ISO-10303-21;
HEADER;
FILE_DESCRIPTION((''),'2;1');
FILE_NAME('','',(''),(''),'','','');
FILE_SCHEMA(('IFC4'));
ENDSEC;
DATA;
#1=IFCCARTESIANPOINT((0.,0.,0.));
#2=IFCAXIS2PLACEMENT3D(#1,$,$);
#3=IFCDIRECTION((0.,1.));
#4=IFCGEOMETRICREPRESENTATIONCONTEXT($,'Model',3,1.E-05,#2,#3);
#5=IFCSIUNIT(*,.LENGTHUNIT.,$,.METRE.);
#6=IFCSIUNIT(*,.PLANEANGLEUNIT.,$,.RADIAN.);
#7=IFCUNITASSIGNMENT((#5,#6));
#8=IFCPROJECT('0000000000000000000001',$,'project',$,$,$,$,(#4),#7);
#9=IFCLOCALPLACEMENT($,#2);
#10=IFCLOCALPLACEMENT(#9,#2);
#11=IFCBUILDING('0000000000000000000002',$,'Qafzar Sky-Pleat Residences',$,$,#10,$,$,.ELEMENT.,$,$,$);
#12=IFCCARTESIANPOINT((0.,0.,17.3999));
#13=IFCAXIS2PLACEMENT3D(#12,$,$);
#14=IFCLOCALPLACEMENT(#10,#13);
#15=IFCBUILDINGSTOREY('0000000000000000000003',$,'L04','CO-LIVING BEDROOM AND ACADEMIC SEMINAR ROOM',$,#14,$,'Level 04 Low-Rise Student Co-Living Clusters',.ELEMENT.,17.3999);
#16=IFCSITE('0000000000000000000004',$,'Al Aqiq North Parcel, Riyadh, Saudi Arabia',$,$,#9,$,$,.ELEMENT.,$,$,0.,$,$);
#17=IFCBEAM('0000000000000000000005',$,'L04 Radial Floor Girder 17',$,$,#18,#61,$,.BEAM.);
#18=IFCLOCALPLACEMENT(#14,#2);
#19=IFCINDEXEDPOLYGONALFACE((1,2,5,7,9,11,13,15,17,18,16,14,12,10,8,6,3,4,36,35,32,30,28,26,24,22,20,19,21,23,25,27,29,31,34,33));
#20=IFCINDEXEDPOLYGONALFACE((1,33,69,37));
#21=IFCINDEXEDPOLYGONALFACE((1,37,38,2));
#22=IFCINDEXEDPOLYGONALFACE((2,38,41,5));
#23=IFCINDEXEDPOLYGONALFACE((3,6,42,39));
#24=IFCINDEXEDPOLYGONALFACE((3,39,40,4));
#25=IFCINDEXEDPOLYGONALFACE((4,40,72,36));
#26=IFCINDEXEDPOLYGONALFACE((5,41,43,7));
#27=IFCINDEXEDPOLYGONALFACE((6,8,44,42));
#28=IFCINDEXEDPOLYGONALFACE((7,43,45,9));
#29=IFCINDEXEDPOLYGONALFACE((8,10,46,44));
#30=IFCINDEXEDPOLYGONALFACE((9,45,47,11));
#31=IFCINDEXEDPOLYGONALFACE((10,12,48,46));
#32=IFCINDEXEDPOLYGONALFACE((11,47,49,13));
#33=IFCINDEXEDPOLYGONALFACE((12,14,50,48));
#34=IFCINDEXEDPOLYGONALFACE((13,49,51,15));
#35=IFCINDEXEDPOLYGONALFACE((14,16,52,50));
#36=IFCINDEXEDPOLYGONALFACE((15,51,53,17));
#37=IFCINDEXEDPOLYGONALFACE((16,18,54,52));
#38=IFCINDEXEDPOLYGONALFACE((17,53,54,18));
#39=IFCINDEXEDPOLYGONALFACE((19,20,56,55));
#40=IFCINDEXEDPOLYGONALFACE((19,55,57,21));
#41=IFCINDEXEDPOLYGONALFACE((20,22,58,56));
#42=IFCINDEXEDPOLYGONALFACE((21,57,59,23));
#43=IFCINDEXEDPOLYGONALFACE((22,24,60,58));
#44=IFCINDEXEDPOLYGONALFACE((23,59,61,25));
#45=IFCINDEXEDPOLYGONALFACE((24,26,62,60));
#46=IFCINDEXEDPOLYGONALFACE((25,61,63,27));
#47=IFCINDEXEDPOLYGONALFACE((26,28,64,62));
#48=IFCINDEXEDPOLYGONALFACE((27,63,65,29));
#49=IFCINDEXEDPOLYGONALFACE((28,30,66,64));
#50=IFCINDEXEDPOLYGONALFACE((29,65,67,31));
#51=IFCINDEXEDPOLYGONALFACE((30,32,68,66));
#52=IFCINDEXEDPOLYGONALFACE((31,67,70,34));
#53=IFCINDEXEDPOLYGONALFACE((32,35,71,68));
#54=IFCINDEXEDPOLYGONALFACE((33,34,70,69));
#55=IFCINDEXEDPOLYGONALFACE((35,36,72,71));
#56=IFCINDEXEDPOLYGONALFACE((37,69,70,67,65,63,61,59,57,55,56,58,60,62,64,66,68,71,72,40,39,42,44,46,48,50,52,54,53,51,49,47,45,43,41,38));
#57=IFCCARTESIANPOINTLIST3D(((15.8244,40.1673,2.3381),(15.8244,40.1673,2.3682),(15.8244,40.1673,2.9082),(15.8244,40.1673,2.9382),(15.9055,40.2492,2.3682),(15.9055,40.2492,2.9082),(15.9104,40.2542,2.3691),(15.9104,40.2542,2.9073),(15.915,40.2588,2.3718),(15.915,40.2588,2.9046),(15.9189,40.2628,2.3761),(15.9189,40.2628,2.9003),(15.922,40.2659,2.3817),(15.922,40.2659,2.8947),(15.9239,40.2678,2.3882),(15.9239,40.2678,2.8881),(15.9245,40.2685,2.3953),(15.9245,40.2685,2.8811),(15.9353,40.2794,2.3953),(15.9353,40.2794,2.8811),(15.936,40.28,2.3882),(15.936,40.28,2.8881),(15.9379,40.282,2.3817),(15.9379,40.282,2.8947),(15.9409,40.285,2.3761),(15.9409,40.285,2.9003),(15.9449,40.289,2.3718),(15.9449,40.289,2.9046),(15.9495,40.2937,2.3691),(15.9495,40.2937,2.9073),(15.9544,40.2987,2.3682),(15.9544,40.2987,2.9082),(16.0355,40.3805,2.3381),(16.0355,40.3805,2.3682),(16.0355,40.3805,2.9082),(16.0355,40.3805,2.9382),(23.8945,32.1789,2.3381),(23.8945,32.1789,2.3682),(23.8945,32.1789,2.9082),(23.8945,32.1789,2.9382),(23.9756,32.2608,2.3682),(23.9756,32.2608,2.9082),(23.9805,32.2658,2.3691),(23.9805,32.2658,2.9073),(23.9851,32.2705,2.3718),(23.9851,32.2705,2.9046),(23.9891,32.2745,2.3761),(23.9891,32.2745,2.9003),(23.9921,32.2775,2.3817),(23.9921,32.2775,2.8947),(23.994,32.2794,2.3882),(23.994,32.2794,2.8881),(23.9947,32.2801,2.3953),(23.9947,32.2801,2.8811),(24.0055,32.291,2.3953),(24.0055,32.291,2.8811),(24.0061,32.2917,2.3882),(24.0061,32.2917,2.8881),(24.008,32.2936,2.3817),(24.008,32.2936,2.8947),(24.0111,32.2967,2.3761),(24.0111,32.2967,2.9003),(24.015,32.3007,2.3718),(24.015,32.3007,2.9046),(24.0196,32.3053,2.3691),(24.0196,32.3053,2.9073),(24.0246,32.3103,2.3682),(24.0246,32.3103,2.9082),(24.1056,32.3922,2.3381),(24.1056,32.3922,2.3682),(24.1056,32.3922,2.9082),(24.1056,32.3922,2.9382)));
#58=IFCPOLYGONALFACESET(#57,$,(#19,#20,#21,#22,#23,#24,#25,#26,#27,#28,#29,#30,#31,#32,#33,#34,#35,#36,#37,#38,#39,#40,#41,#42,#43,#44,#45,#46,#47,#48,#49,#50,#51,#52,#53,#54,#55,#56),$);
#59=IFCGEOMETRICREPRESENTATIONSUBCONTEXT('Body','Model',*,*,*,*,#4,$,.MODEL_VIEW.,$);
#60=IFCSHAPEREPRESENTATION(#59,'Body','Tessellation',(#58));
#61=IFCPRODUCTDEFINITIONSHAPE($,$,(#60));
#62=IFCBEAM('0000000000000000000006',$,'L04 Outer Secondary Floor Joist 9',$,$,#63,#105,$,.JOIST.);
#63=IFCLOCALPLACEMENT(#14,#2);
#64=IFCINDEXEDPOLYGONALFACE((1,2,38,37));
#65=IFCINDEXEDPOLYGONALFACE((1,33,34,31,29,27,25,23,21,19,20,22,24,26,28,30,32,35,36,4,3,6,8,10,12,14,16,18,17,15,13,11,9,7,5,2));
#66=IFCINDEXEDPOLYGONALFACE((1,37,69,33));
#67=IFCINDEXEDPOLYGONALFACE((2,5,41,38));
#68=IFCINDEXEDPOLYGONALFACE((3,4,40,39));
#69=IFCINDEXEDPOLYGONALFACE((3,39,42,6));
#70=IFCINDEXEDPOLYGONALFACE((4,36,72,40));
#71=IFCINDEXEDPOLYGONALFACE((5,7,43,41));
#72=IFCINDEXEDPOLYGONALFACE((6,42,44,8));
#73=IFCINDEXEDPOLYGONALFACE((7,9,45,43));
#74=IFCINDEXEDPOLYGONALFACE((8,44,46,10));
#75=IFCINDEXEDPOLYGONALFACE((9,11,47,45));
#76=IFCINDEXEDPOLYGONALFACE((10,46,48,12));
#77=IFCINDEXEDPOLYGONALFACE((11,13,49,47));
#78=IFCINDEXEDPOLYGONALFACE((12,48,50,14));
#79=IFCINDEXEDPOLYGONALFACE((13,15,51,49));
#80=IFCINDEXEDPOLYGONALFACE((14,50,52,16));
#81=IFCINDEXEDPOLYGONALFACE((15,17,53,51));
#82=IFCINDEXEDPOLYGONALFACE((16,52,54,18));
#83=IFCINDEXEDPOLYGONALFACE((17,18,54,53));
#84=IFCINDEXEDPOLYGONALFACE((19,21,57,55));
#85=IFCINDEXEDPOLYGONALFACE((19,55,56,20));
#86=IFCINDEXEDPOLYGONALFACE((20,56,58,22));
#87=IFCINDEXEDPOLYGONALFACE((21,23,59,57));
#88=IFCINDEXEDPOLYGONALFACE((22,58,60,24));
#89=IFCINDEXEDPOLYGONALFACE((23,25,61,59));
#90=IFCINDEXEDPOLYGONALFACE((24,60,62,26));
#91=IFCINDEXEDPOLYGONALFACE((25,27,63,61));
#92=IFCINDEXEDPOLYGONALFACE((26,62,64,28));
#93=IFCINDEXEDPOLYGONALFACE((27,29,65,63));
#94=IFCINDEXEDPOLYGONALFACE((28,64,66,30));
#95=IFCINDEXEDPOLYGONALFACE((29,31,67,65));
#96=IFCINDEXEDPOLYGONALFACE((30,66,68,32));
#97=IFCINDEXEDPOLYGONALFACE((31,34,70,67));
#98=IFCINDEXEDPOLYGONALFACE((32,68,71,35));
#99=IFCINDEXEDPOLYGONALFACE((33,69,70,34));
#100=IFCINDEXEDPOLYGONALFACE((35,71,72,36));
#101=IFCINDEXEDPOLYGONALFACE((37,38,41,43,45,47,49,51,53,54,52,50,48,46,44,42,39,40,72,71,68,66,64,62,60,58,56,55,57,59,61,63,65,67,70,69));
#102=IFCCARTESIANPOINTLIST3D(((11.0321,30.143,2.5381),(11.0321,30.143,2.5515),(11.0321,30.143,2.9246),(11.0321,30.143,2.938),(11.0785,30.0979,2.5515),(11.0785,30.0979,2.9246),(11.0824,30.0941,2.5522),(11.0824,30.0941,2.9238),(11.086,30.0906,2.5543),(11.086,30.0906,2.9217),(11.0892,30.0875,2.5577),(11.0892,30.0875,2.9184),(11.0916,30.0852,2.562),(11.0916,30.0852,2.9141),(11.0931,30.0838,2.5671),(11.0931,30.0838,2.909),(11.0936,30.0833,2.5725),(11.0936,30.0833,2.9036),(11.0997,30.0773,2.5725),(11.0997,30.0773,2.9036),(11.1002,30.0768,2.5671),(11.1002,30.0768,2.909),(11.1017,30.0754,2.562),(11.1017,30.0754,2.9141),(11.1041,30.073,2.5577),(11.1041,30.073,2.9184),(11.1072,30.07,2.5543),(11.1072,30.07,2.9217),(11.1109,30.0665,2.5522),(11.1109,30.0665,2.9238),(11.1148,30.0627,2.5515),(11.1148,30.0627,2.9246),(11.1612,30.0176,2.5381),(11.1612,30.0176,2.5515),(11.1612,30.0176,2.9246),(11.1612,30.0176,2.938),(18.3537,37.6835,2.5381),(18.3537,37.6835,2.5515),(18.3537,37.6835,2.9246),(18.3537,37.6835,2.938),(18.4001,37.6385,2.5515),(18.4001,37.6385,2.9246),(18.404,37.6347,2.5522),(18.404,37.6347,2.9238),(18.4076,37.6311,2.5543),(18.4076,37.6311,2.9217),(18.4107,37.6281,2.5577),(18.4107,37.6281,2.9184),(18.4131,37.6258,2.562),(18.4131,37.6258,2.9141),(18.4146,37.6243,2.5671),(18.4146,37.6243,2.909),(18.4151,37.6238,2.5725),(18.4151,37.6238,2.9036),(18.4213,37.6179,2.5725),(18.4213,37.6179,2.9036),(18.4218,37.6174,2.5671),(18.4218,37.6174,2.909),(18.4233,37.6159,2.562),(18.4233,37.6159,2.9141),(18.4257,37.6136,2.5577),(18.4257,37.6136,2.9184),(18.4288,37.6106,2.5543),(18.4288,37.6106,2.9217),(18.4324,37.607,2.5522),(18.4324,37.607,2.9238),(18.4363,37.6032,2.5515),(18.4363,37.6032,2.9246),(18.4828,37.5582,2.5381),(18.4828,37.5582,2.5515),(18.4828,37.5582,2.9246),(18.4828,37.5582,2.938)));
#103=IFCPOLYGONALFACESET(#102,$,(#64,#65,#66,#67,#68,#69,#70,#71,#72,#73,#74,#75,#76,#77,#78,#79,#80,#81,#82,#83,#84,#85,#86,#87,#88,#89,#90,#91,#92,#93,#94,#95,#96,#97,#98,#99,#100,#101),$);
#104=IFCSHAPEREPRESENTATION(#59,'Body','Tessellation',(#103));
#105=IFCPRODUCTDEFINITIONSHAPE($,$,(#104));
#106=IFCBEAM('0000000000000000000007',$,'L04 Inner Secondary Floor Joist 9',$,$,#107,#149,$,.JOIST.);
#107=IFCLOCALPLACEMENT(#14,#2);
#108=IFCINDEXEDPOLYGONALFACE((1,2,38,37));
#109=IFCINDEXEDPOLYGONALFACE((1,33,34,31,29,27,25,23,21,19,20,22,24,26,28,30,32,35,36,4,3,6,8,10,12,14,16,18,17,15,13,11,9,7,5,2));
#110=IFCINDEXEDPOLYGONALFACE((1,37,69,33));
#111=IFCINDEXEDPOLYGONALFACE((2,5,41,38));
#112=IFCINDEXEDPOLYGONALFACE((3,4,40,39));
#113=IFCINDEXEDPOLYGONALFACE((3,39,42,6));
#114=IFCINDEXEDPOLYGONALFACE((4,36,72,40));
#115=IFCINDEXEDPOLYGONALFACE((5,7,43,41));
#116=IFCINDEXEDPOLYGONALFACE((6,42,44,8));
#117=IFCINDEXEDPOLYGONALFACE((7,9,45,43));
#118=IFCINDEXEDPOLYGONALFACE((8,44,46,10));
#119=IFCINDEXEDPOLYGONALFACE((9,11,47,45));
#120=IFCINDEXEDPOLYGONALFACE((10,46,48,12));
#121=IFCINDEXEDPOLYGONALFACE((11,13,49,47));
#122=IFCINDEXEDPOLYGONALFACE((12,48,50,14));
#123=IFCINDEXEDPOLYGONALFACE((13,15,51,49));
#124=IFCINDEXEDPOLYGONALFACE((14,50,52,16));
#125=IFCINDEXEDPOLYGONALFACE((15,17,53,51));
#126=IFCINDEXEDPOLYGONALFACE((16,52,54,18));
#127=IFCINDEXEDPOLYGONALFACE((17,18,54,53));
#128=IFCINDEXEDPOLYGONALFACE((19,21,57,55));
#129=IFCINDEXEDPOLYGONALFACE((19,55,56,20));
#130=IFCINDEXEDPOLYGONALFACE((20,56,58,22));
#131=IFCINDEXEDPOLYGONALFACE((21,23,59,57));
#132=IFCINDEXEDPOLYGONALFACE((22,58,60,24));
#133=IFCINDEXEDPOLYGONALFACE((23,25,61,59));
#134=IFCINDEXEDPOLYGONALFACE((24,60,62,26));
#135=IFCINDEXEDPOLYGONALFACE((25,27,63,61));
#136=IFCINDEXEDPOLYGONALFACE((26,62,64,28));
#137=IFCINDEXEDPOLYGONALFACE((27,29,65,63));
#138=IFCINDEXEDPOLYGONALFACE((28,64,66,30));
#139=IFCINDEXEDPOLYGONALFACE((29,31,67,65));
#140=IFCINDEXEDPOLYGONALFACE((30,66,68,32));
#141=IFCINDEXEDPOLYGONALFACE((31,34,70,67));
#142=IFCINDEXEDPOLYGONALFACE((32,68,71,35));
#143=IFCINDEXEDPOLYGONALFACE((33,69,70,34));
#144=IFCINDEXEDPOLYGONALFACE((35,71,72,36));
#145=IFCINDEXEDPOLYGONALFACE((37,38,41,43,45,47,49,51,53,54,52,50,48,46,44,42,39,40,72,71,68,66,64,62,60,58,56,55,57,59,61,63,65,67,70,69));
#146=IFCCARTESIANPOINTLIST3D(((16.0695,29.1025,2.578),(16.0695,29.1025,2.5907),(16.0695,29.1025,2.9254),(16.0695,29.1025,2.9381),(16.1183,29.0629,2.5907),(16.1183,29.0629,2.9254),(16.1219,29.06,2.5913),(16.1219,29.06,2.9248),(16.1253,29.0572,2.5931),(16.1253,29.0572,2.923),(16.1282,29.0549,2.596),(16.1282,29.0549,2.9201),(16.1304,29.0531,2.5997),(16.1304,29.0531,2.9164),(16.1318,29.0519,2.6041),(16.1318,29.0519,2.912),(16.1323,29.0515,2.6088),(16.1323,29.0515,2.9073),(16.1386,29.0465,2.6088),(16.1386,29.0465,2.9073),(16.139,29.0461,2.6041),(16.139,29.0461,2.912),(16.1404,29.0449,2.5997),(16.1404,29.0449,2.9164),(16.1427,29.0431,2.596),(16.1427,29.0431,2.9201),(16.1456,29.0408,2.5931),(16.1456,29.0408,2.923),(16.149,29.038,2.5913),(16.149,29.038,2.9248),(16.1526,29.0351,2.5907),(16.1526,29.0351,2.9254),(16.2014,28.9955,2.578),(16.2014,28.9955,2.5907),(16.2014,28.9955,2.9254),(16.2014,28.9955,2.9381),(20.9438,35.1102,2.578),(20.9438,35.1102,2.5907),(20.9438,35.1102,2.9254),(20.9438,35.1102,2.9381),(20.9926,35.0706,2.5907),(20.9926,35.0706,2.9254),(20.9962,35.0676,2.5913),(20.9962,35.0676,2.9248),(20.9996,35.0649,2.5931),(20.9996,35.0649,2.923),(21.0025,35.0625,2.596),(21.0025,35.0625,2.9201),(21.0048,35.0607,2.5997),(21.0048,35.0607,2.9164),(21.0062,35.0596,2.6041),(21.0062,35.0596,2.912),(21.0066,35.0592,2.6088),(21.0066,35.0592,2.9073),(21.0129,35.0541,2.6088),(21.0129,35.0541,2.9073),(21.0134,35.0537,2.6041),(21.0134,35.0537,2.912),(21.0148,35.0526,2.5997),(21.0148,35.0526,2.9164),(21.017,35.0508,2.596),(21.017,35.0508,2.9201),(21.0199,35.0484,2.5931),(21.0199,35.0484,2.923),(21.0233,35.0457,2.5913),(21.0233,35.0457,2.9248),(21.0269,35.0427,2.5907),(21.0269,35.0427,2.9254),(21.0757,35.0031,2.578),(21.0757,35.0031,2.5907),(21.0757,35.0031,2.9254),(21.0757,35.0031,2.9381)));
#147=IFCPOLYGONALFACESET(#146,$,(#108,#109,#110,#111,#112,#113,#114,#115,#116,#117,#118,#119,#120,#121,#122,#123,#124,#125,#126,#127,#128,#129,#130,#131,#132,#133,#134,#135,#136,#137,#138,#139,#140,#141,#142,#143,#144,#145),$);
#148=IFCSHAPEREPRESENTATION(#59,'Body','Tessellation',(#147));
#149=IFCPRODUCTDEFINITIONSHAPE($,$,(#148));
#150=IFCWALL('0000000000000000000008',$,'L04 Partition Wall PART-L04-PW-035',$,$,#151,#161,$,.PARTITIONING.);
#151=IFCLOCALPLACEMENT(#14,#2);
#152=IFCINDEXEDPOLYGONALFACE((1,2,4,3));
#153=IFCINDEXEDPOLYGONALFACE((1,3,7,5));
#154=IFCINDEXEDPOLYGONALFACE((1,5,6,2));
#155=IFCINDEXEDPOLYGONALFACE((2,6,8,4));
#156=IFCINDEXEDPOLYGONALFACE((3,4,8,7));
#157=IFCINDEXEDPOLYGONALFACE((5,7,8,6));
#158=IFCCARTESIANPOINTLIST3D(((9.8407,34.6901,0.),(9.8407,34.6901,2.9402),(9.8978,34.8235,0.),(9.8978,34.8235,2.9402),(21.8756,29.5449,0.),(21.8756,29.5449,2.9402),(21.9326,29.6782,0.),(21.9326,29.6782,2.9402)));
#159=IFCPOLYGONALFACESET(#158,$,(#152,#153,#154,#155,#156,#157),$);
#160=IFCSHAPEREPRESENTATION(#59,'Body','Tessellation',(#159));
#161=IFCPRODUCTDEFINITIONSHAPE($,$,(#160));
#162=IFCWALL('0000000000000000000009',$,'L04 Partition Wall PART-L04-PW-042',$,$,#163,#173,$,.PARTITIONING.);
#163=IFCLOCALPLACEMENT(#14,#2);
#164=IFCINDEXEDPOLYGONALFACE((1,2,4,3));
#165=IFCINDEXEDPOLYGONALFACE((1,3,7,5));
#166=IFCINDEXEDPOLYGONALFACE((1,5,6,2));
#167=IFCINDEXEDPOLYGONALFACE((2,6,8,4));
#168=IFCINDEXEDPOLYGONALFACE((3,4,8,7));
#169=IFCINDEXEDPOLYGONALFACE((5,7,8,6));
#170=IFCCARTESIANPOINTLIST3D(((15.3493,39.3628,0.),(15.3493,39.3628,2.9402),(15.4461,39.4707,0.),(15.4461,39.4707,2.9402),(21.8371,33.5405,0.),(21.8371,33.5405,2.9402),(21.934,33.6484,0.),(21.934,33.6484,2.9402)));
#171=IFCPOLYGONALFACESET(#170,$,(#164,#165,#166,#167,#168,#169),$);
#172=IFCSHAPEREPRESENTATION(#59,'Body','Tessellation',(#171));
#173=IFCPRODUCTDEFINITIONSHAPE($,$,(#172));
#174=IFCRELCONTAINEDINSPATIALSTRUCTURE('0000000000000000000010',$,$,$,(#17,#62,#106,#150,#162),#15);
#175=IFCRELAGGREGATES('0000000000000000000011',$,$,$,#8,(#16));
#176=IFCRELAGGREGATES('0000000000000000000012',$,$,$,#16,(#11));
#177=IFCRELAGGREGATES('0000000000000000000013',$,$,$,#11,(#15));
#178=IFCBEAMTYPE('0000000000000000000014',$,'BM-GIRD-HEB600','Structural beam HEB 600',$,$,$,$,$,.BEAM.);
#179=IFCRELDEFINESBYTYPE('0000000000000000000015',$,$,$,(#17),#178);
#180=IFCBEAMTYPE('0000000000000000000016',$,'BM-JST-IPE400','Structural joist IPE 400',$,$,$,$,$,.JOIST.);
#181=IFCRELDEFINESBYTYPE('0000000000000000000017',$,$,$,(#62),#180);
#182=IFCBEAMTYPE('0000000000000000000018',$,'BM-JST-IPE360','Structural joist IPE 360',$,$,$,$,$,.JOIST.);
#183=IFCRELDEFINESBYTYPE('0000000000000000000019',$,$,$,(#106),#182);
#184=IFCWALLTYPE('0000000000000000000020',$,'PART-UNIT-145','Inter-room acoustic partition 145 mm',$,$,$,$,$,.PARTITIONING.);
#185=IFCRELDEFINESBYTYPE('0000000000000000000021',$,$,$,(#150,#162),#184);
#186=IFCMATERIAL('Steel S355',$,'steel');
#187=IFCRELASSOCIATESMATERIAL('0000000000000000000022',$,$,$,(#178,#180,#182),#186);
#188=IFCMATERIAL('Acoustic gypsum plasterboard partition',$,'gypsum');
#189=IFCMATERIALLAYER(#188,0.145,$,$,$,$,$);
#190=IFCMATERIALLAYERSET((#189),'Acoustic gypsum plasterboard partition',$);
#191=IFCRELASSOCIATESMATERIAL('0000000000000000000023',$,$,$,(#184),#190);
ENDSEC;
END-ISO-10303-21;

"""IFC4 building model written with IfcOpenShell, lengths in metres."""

from ifc_helpers import new_model, si_unit, direction, frame, frame_2d, origin, origin_2d, place, context, subcontext, project, spatial, rectangle, i_section, extrude, source, transform, mapped, material, layer, layer_set, material_profile, profile_set, type_object, element, save


model = new_model("IFC4")

# Units and contexts
model_context = context("Model", 3, precision=1e-05, world=origin(), true_north=direction((0.0, 1.0)))
body_context = subcontext(model_context, "Body", "Model", "MODEL_VIEW")
ifc_project = project(units=[si_unit("LENGTHUNIT", "METRE"), si_unit("PLANEANGLEUNIT", "RADIAN")], contexts=[model_context])

# Site, building, storey
site_placement = place(None, origin())
site = spatial("IfcSite", under=ifc_project, at=site_placement, Name="Al Aqiq North Parcel, Riyadh, Saudi Arabia", CompositionType="ELEMENT", RefElevation=0.0)
building_placement = place(site_placement, origin())
building = spatial("IfcBuilding", under=site, at=building_placement, Name="Qafzar Sky-Pleat Residences", CompositionType="ELEMENT")
storey_placement = place(building_placement, frame((0.0, 0.0, 17.3999)))
storey = spatial("IfcBuildingStorey", under=building, at=storey_placement, Name="L04", Description="CO-LIVING BEDROOM AND ACADEMIC SEMINAR ROOM", LongName="Level 04 Low-Rise Student Co-Living Clusters", CompositionType="ELEMENT", Elevation=17.3999)

# Beams
ifc_material_1 = material(Name="Steel S355", Category="steel")
ifc_material_profile_1 = material_profile(ifc_material_1, i_section(OverallWidth=0.3, OverallDepth=0.6001, WebThickness=0.0154, FlangeThickness=0.03, FilletRadius=0.0271, at=origin_2d()), Name="HEB 600")
ifc_profile_set_1 = profile_set([ifc_material_profile_1], Name="Steel S355")
beam_type_1 = type_object("IfcBeamType", Name="BM-GIRD-HEB600", Description="Structural beam HEB 600", PredefinedType="BEAM", material=ifc_profile_set_1)
shared_shape_1 = source(origin(), body_context, "Body", "SweptSolid", [
    extrude(i_section(OverallWidth=0.3, OverallDepth=0.6001, WebThickness=0.0154, FlangeThickness=0.03, FilletRadius=0.0271, at=origin_2d()), origin(), (0.0, 0.0, 1.0), 11.3552),
])
beam_1_placement = place(storey_placement, frame((15.9299, 40.2739, 2.6382), z_axis=(0.710699, -0.703496, 0.0), x_axis=(0.703496, 0.710699, 0.0)))
element("IfcBeam", 1, at=beam_1_placement, inside=storey, type_object=beam_type_1, Name="L04 Radial Floor Girder 17", PredefinedType="BEAM", context=body_context, shape_type="MappedRepresentation", body=[
    mapped(shared_shape_1, transform((0.0, 0.0, 0.0), x_axis=(1.0, 0.0, 0.0), y_axis=(0.0, 1.0, 0.0), z_axis=(0.0, 0.0, 1.0), scale=1.0)),
])
ifc_material_profile_2 = material_profile(ifc_material_1, i_section(OverallWidth=0.1799, OverallDepth=0.3999, WebThickness=0.0085, FlangeThickness=0.0134, FilletRadius=0.021, at=origin_2d()), Name="IPE 400")
ifc_profile_set_2 = profile_set([ifc_material_profile_2], Name="Steel S355")
beam_type_2 = type_object("IfcBeamType", Name="BM-JST-IPE400", Description="Structural joist IPE 400", PredefinedType="JOIST", material=ifc_profile_set_2)
shared_shape_2 = source(origin(), body_context, "Body", "SweptSolid", [
    extrude(i_section(OverallWidth=0.1799, OverallDepth=0.3999, WebThickness=0.0085, FlangeThickness=0.0134, FilletRadius=0.021, at=origin_2d()), origin(), (0.0, 0.0, 1.0), 10.5103),
])
beam_2_placement = place(storey_placement, frame((18.4182, 37.6208, 2.738), z_axis=(-0.696612, -0.717448, 0.0), x_axis=(0.717448, -0.696612, 0.0)))
element("IfcBeam", 2, at=beam_2_placement, inside=storey, type_object=beam_type_2, Name="L04 Outer Secondary Floor Joist 9", PredefinedType="JOIST", context=body_context, shape_type="MappedRepresentation", body=[
    mapped(shared_shape_2, transform((0.0, 0.0, 0.0), x_axis=(1.0, 0.0, 0.0), y_axis=(0.0, 1.0, 0.0), z_axis=(0.0, 0.0, 1.0), scale=1.0)),
])
ifc_material_profile_3 = material_profile(ifc_material_1, i_section(OverallWidth=0.1699, OverallDepth=0.3601, WebThickness=0.0081, FlangeThickness=0.0127, FilletRadius=0.0181, at=origin_2d()), Name="IPE 360")
ifc_profile_set_3 = profile_set([ifc_material_profile_3], Name="Steel S355")
beam_type_3 = type_object("IfcBeamType", Name="BM-JST-IPE360", Description="Structural joist IPE 360", PredefinedType="JOIST", material=ifc_profile_set_3)
shared_shape_3 = source(origin(), body_context, "Body", "SweptSolid", [
    extrude(i_section(OverallWidth=0.1699, OverallDepth=0.3601, WebThickness=0.0081, FlangeThickness=0.0127, FilletRadius=0.0181, at=origin_2d()), origin(), (0.0, 0.0, 1.0), 7.7363),
])
beam_3_placement = place(storey_placement, frame((21.0098, 35.0566, 2.7581), z_axis=(-0.630057, -0.776549, 0.0), x_axis=(0.776549, -0.630057, 0.0)))
element("IfcBeam", 3, at=beam_3_placement, inside=storey, type_object=beam_type_3, Name="L04 Inner Secondary Floor Joist 9", PredefinedType="JOIST", context=body_context, shape_type="MappedRepresentation", body=[
    mapped(shared_shape_3, transform((0.0, 0.0, 0.0), x_axis=(1.0, 0.0, 0.0), y_axis=(0.0, 1.0, 0.0), z_axis=(0.0, 0.0, 1.0), scale=1.0)),
])

# Walls
ifc_material_2 = material(Name="Acoustic gypsum plasterboard partition", Category="gypsum")
ifc_layer_1 = layer(ifc_material_2, 0.145)
ifc_layer_set_1 = layer_set([ifc_layer_1], Name="Acoustic gypsum plasterboard partition")
wall_type_1 = type_object("IfcWallType", Name="PART-UNIT-145", Description="Inter-room acoustic partition 145 mm", PredefinedType="PARTITIONING", material=ifc_layer_set_1)
wall_1_placement = place(storey_placement, frame((9.8691, 34.7568, 0.0), z_axis=(0.0, 0.0, 1.0), x_axis=(0.919492, -0.393109, 0.0)))
element("IfcWall", 4, at=wall_1_placement, inside=storey, type_object=wall_type_1, Name="L04 Partition Wall PART-L04-PW-035", PredefinedType="PARTITIONING", context=body_context, shape_type="SweptSolid", body=[
    extrude(rectangle(XDim=13.0886, YDim=0.145, at=frame_2d((6.5444, 0.0))), origin(), (0.0, 0.0, 1.0), 2.9402),
])
wall_2_placement = place(storey_placement, frame((15.3977, 39.4167, 0.0), z_axis=(0.0, 0.0, 1.0), x_axis=(0.744249, -0.667903, 0.0)))
element("IfcWall", 5, at=wall_2_placement, inside=storey, type_object=wall_type_1, Name="L04 Partition Wall PART-L04-PW-042", PredefinedType="PARTITIONING", context=body_context, shape_type="SweptSolid", body=[
    extrude(rectangle(XDim=8.7173, YDim=0.145, at=frame_2d((4.3586, 0.0))), origin(), (0.0, 0.0, 1.0), 2.9402),
])

save(model, "model.ifc")
